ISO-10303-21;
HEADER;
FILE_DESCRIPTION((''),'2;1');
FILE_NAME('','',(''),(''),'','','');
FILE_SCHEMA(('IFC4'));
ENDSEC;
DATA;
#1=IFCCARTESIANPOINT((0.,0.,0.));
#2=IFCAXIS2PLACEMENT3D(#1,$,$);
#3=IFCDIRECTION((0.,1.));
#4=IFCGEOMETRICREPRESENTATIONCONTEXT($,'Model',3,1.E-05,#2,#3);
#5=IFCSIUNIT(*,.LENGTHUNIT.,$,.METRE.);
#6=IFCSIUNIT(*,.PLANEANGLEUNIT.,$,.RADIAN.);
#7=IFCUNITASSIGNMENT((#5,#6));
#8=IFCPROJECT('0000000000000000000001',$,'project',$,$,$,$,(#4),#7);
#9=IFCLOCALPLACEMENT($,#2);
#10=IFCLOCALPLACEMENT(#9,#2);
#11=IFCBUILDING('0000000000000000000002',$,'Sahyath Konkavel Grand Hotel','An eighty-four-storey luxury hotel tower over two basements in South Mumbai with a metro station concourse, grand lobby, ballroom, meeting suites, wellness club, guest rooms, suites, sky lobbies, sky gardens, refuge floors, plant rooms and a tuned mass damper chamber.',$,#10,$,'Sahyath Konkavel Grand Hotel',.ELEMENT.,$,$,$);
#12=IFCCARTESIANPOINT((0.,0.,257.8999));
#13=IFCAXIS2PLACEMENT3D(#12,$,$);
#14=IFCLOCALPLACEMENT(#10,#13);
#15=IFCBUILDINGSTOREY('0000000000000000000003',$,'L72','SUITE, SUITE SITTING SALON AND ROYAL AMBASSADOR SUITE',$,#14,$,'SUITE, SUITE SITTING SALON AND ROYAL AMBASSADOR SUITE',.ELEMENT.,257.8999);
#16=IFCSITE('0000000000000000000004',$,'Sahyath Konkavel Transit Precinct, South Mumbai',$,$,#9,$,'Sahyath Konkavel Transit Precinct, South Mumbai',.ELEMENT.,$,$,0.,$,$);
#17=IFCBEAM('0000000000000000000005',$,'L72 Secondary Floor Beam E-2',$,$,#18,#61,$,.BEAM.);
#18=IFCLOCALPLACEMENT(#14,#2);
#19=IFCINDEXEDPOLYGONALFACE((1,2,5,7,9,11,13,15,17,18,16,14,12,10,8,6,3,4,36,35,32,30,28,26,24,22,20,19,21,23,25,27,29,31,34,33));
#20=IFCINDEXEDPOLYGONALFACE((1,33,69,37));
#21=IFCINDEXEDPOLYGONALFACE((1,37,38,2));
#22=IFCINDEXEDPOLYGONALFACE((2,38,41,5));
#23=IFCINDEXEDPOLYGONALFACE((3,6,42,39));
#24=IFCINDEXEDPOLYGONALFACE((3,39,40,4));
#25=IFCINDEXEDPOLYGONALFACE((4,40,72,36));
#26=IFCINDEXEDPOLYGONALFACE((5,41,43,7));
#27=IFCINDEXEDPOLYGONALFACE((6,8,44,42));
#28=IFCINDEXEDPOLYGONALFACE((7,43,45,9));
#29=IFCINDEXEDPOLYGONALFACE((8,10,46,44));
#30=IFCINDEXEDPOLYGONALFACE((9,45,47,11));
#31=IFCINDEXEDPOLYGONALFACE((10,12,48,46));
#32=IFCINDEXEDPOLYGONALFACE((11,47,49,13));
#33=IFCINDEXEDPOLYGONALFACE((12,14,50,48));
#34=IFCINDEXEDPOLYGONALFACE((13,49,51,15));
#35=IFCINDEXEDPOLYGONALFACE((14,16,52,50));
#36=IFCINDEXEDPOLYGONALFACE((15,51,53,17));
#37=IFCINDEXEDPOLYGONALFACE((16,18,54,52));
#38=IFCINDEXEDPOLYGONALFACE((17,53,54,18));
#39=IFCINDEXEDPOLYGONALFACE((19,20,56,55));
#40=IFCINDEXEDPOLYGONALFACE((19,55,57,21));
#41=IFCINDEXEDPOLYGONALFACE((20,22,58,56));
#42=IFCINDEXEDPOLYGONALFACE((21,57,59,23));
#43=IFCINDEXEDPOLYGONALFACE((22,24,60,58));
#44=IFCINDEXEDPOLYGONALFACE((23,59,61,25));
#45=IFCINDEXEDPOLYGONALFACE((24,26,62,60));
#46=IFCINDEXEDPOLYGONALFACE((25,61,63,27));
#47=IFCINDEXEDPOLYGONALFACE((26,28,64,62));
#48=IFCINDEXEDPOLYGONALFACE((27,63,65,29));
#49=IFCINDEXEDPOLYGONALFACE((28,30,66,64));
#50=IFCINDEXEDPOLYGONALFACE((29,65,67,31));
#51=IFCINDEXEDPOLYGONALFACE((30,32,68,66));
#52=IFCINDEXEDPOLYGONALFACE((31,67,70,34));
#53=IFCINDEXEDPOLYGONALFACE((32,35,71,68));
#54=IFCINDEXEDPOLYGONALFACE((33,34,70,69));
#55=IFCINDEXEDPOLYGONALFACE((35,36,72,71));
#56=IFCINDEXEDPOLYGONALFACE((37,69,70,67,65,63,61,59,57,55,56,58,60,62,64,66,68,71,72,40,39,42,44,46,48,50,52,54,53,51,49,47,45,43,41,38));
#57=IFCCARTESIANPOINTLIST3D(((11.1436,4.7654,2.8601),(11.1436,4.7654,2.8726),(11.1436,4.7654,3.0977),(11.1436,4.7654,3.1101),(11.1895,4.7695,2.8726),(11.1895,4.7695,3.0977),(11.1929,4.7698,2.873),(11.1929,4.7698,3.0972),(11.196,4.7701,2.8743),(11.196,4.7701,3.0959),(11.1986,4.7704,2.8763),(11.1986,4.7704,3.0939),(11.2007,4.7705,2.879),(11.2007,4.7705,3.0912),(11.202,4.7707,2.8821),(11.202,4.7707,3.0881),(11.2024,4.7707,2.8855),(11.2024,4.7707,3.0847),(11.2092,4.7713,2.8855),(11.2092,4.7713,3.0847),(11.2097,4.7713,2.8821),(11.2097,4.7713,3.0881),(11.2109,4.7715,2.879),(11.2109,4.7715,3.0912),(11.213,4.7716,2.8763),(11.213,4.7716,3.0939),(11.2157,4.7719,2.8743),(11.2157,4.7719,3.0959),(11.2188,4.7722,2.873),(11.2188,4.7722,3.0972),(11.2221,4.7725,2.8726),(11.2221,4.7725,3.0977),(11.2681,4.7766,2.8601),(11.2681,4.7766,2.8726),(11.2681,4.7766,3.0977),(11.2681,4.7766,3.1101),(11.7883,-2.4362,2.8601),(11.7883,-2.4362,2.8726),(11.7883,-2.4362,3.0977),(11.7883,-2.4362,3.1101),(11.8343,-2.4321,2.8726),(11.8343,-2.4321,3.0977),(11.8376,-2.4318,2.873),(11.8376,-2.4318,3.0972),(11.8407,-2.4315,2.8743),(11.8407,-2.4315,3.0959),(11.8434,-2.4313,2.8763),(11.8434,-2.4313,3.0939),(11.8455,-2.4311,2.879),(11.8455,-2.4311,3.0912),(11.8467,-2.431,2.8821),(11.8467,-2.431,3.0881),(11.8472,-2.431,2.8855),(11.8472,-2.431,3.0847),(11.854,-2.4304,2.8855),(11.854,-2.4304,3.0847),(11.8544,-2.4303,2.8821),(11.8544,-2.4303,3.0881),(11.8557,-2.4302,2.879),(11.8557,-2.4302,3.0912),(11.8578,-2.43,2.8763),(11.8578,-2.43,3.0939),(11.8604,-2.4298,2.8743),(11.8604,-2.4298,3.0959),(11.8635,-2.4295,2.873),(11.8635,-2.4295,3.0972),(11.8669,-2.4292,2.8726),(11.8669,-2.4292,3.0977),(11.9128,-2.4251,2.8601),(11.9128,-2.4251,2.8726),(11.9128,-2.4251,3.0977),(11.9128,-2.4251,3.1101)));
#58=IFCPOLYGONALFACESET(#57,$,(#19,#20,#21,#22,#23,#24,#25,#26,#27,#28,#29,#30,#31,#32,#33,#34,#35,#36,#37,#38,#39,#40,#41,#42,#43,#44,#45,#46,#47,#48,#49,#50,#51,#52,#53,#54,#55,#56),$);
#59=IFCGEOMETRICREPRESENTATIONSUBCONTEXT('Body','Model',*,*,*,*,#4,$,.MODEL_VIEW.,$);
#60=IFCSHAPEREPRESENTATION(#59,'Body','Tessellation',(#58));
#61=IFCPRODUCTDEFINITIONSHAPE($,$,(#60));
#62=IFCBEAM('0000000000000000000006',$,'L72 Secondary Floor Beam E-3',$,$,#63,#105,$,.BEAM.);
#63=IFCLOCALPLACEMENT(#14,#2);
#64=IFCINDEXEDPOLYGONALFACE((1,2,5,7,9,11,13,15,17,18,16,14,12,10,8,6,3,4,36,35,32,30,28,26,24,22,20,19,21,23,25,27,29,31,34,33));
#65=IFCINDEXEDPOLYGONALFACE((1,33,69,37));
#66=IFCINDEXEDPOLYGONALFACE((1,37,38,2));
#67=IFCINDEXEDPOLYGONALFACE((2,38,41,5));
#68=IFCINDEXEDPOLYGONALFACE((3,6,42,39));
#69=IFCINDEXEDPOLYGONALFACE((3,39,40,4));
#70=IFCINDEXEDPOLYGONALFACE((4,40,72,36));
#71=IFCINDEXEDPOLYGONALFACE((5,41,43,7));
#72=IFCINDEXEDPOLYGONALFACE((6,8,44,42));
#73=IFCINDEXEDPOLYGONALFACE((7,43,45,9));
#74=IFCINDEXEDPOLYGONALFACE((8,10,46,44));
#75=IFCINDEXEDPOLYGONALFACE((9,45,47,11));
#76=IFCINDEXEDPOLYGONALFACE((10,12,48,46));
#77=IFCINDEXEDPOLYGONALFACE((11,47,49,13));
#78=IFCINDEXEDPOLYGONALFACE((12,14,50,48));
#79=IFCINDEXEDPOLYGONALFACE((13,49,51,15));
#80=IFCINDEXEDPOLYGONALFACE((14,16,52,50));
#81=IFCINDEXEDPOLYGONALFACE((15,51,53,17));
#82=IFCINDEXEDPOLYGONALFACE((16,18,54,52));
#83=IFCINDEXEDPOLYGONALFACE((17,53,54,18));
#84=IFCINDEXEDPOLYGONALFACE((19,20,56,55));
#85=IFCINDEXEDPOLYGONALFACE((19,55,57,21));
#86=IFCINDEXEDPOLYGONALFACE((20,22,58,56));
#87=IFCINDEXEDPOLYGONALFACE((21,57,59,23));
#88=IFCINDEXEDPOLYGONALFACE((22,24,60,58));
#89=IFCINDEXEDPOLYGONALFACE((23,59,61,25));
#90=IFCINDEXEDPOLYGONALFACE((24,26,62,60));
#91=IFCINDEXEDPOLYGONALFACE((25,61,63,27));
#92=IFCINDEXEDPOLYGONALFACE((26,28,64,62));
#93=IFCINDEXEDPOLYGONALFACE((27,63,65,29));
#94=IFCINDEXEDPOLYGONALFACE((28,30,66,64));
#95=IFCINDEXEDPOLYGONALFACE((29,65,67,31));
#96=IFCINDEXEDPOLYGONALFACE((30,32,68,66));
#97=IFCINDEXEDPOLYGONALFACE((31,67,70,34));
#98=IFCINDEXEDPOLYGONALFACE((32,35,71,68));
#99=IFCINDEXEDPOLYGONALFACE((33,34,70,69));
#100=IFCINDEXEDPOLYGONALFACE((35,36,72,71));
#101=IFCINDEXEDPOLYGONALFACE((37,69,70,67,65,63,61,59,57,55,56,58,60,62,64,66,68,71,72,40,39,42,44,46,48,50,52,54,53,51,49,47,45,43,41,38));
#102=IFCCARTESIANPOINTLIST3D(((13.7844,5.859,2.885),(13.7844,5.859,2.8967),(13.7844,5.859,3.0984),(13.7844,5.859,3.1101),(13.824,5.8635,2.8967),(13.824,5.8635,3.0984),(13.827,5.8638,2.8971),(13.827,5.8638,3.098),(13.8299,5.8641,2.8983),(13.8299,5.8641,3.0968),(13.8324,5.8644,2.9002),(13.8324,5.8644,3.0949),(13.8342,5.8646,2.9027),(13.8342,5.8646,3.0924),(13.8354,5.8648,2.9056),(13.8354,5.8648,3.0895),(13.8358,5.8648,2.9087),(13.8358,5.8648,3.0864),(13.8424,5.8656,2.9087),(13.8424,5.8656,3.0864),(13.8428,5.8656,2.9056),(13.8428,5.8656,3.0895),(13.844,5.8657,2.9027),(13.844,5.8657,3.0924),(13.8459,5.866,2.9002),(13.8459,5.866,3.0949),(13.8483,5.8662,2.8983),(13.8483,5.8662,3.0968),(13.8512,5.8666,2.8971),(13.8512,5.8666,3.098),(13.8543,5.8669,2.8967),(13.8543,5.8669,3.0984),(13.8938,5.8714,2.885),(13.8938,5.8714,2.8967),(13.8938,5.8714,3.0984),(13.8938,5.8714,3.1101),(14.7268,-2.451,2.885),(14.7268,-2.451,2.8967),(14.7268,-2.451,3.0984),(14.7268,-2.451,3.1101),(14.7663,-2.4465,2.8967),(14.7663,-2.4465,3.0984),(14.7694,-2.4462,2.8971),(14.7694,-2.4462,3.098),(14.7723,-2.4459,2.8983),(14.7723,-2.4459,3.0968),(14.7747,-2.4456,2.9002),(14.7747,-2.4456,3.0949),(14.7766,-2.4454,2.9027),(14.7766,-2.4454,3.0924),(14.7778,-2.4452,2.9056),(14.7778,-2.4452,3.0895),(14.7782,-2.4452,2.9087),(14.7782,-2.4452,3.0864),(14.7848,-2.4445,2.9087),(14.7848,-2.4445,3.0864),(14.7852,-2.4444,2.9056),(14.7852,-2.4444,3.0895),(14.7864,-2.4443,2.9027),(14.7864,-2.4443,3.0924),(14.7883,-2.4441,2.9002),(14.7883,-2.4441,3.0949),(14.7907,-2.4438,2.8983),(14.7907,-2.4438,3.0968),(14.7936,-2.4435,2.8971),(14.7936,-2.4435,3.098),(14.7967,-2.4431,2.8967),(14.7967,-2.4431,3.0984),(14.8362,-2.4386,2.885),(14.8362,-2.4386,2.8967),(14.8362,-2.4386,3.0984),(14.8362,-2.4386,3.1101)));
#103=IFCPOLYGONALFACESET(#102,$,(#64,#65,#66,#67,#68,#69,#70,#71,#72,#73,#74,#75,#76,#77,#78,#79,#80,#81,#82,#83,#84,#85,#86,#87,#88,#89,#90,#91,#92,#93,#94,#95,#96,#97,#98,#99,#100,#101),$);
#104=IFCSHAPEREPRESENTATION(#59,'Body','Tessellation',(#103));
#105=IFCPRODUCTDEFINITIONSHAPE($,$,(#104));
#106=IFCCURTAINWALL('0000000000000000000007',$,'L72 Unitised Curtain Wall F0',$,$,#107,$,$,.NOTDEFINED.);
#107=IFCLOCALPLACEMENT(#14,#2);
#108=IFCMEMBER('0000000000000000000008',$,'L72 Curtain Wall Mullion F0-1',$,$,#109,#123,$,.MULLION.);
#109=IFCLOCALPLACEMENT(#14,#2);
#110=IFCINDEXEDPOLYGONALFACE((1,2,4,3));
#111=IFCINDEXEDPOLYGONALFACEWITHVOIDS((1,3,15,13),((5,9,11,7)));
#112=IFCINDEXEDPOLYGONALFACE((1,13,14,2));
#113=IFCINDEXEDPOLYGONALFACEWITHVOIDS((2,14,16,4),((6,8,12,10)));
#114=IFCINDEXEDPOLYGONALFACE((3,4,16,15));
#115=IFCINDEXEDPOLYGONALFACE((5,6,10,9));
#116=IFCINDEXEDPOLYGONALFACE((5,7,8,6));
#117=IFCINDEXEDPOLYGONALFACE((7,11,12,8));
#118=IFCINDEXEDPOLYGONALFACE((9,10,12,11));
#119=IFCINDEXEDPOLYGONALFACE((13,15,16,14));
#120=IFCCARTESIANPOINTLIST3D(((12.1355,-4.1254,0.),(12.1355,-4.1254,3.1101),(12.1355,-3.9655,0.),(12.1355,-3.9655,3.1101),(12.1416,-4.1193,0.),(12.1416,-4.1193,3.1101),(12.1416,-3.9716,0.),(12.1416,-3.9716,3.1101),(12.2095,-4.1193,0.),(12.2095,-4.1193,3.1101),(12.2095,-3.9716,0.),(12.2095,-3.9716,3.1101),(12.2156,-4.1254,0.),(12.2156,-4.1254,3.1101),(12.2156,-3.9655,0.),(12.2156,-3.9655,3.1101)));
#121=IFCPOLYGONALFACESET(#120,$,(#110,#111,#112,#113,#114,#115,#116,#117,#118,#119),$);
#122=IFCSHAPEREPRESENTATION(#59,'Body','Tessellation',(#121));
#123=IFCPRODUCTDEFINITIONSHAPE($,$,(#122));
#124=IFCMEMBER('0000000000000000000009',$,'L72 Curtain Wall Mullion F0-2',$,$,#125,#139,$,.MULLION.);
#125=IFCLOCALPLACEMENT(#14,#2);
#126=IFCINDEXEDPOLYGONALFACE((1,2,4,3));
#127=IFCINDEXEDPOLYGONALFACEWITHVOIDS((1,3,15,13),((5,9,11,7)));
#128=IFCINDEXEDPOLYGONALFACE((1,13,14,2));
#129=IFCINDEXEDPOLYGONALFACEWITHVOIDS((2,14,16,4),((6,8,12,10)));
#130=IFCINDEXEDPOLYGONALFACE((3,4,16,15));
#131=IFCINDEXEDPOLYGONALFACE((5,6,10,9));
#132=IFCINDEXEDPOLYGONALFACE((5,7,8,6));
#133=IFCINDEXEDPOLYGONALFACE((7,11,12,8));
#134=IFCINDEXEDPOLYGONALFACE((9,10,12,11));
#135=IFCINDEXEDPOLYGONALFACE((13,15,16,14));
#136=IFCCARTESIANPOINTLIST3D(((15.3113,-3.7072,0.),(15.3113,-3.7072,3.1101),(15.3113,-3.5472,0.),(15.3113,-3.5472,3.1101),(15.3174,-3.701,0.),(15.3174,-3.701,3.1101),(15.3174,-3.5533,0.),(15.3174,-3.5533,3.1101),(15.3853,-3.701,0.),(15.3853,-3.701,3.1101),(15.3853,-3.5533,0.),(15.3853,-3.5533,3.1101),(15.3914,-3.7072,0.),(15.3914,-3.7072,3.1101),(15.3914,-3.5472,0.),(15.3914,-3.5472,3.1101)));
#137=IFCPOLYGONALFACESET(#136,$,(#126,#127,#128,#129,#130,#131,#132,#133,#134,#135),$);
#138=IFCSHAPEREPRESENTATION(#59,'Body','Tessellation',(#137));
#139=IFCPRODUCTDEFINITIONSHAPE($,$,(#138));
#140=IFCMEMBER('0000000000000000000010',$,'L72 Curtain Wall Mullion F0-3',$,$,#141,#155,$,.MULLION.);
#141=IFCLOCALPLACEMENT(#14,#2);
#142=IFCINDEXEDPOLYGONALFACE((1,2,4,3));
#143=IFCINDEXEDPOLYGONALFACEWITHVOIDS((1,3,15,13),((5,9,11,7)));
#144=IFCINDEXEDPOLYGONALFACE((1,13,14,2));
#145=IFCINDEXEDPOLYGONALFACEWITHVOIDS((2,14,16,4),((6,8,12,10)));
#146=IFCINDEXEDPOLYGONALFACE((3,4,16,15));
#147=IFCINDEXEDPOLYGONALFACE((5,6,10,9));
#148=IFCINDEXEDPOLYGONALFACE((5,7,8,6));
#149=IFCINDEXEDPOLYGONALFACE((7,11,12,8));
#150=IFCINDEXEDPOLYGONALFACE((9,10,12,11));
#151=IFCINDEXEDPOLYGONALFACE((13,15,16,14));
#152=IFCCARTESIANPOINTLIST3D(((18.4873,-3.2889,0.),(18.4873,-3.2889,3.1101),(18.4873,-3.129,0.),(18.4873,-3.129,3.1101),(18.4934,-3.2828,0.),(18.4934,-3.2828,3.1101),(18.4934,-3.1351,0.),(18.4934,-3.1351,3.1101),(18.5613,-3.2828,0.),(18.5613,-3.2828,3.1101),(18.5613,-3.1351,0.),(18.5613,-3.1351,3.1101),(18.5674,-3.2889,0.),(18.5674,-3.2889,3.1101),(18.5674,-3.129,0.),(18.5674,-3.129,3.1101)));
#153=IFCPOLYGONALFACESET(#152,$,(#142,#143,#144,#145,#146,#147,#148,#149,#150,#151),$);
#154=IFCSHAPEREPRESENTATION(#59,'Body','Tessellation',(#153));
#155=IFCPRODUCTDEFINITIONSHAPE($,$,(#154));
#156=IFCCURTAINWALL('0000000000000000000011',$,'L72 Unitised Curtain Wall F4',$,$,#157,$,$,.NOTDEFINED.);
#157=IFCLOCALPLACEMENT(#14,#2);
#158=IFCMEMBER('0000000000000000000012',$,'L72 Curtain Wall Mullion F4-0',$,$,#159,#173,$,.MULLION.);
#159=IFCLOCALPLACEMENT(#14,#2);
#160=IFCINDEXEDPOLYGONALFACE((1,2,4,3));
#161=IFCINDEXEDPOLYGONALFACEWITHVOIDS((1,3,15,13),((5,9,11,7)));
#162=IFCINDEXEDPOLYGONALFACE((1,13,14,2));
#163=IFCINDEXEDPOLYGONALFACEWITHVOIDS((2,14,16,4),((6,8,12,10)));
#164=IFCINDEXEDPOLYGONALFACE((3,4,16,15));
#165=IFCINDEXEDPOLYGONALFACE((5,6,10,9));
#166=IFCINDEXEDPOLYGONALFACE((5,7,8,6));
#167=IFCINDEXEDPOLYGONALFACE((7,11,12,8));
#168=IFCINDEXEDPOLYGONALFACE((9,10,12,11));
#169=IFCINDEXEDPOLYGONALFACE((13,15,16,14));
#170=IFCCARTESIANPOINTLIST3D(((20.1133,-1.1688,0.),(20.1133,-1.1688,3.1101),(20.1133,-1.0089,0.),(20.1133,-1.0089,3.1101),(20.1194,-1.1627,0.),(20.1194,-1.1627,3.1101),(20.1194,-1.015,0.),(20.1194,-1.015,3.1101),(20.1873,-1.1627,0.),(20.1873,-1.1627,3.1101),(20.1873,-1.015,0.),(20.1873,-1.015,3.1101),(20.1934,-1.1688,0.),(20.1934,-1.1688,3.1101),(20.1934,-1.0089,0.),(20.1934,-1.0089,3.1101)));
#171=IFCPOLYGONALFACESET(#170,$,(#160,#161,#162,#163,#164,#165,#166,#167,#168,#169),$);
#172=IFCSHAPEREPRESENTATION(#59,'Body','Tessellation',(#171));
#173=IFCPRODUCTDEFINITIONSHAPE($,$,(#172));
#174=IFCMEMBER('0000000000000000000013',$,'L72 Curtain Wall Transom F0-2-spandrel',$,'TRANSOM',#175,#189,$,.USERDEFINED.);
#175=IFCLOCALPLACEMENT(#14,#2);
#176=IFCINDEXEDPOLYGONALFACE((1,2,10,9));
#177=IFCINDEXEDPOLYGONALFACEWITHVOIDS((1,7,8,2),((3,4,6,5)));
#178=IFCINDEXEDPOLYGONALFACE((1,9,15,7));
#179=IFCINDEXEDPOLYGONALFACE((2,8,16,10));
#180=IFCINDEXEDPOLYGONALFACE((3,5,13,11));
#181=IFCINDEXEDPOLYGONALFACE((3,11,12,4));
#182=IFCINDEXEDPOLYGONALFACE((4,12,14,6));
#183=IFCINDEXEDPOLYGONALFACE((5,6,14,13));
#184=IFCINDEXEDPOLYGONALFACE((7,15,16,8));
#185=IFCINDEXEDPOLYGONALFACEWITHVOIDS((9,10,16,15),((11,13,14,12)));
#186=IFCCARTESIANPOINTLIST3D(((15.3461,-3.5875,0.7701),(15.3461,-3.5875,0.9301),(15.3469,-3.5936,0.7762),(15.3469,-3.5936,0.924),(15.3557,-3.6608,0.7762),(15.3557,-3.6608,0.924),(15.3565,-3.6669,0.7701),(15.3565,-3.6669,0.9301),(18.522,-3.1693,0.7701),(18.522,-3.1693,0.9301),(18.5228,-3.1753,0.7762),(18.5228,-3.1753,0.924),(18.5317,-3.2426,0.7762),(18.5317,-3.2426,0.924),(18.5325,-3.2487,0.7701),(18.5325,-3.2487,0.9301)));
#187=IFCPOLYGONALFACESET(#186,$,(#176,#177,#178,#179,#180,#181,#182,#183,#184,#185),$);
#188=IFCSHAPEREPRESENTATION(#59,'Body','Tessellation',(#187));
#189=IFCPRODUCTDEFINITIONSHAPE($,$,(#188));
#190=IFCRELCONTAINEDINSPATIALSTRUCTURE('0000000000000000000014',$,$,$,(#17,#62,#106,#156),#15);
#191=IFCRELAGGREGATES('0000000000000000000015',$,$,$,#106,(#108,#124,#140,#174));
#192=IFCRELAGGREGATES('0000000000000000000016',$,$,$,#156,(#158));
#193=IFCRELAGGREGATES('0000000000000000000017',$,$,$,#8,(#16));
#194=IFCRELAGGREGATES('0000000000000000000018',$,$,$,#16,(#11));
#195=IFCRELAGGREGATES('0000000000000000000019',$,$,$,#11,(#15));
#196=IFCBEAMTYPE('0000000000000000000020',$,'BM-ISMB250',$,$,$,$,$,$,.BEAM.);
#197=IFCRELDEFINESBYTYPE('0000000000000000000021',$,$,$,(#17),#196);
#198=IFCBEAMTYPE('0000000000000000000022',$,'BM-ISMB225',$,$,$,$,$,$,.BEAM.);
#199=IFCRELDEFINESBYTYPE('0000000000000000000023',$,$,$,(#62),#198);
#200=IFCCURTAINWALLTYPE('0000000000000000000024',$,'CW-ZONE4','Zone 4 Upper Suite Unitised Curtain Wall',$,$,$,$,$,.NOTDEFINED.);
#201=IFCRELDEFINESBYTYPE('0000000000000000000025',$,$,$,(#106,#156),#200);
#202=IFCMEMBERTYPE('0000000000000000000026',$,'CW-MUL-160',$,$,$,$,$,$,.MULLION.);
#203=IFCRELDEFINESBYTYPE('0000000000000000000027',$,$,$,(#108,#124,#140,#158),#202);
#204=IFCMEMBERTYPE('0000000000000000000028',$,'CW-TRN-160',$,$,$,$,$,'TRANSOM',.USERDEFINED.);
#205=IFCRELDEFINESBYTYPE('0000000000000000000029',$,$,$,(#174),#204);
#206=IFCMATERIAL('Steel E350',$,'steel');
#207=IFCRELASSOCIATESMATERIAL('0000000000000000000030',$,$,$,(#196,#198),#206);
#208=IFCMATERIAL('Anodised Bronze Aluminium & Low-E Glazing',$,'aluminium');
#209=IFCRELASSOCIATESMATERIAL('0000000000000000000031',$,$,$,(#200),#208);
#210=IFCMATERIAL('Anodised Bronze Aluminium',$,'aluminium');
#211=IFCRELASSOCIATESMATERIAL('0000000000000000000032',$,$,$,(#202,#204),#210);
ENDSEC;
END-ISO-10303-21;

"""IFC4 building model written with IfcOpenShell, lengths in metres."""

from ifc_helpers import new_model, si_unit, direction, frame, origin, origin_2d, place, context, subcontext, project, spatial, hollow_rectangle, i_section, extrude, source, transform, mapped, material, material_profile, profile_set, type_object, element, aggregate, save


model = new_model("IFC4")

# Units and contexts
model_context = context("Model", 3, precision=1e-05, world=origin(), true_north=direction((0.0, 1.0)))
body_context = subcontext(model_context, "Body", "Model", "MODEL_VIEW")
ifc_project = project(units=[si_unit("LENGTHUNIT", "METRE"), si_unit("PLANEANGLEUNIT", "RADIAN")], contexts=[model_context])

# Site, building, storey
site_placement = place(None, origin())
site = spatial("IfcSite", under=ifc_project, at=site_placement, Name="Sahyath Konkavel Transit Precinct, South Mumbai", LongName="Sahyath Konkavel Transit Precinct, South Mumbai", CompositionType="ELEMENT", RefElevation=0.0)
building_placement = place(site_placement, origin())
building = spatial("IfcBuilding", under=site, at=building_placement, Name="Sahyath Konkavel Grand Hotel", Description="An eighty-four-storey luxury hotel tower over two basements in South Mumbai with a metro station concourse, grand lobby, ballroom, meeting suites, wellness club, guest rooms, suites, sky lobbies, sky gardens, refuge floors, plant rooms and a tuned mass damper chamber.", LongName="Sahyath Konkavel Grand Hotel", CompositionType="ELEMENT")
storey_placement = place(building_placement, frame((0.0, 0.0, 257.8999)))
storey = spatial("IfcBuildingStorey", under=building, at=storey_placement, Name="L72", Description="SUITE, SUITE SITTING SALON AND ROYAL AMBASSADOR SUITE", LongName="SUITE, SUITE SITTING SALON AND ROYAL AMBASSADOR SUITE", CompositionType="ELEMENT", Elevation=257.8999)

# Beams
ifc_material_1 = material(Name="Steel E350", Category="steel")
ifc_material_profile_1 = material_profile(ifc_material_1, i_section(OverallWidth=0.125, OverallDepth=0.25, WebThickness=0.0068, FlangeThickness=0.0125, FilletRadius=0.0129, at=origin_2d()), Name="ISMB 250")
ifc_profile_set_1 = profile_set([ifc_material_profile_1], Name="Steel E350")
beam_type_1 = type_object("IfcBeamType", Name="BM-ISMB250", PredefinedType="BEAM", material=ifc_profile_set_1)
shared_shape_1 = source(origin(), body_context, "Body", "SweptSolid", [
    extrude(i_section(OverallWidth=0.125, OverallDepth=0.25, WebThickness=0.0068, FlangeThickness=0.0125, FilletRadius=0.0129, at=origin_2d()), origin(), (0.0, 0.0, 1.0), 7.2305),
])
beam_1_placement = place(storey_placement, frame((11.8506, -2.4307, 2.9851), z_axis=(-0.089175, 0.996016, 0.0), x_axis=(-0.996016, -0.089175, 0.0)))
element("IfcBeam", 1, at=beam_1_placement, inside=storey, type_object=beam_type_1, Name="L72 Secondary Floor Beam E-2", PredefinedType="BEAM", context=body_context, shape_type="MappedRepresentation", body=[
    mapped(shared_shape_1, transform((0.0, 0.0, 0.0), scale=1.0)),
])
ifc_material_profile_2 = material_profile(ifc_material_1, i_section(OverallWidth=0.1101, OverallDepth=0.2251, WebThickness=0.0066, FlangeThickness=0.0117, FilletRadius=0.012, at=origin_2d()), Name="ISMB 225")
ifc_profile_set_2 = profile_set([ifc_material_profile_2], Name="Steel E350")
beam_type_2 = type_object("IfcBeamType", Name="BM-ISMB225", PredefinedType="BEAM", material=ifc_profile_set_2)
shared_shape_2 = source(origin(), body_context, "Body", "SweptSolid", [
    extrude(i_section(OverallWidth=0.1101, OverallDepth=0.2251, WebThickness=0.0066, FlangeThickness=0.0117, FilletRadius=0.012, at=origin_2d()), origin(), (0.0, 0.0, 1.0), 8.3633),
])
beam_2_placement = place(storey_placement, frame((14.7815, -2.4448, 2.9976), z_axis=(-0.11268, 0.993631, 0.0), x_axis=(-0.993631, -0.11268, 0.0)))
element("IfcBeam", 2, at=beam_2_placement, inside=storey, type_object=beam_type_2, Name="L72 Secondary Floor Beam E-3", PredefinedType="BEAM", context=body_context, shape_type="MappedRepresentation", body=[
    mapped(shared_shape_2, transform((0.0, 0.0, 0.0), scale=1.0)),
])

# Curtain wall, members
ifc_material_2 = material(Name="Anodised Bronze Aluminium & Low-E Glazing", Category="aluminium")
curtain_wall_type = type_object("IfcCurtainWallType", Name="CW-ZONE4", Description="Zone 4 Upper Suite Unitised Curtain Wall", PredefinedType="NOTDEFINED", material=ifc_material_2)
curtain_wall_1_placement = place(storey_placement, origin())
curtain_wall_1 = element("IfcCurtainWall", 3, at=curtain_wall_1_placement, inside=storey, type_object=curtain_wall_type, Name="L72 Unitised Curtain Wall F0", PredefinedType="NOTDEFINED")
ifc_material_3 = material(Name="Anodised Bronze Aluminium", Category="aluminium")
ifc_material_profile_3 = material_profile(ifc_material_3, hollow_rectangle(XDim=0.0801, YDim=0.1599, WallThickness=0.0061, at=origin_2d()), Name="RHS 160x80x6")
ifc_profile_set_3 = profile_set([ifc_material_profile_3], Name="Anodised Bronze Aluminium")
member_type_1 = type_object("IfcMemberType", Name="CW-MUL-160", PredefinedType="MULLION", material=ifc_profile_set_3)
shared_shape_3 = source(origin(), body_context, "Body", "SweptSolid", [
    extrude(hollow_rectangle(XDim=0.0801, YDim=0.1599, WallThickness=0.0061, at=origin_2d()), origin(), (0.0, 0.0, 1.0), 3.1101),
])
member_1_placement = place(storey_placement, frame((12.1755, -4.0454, 0.0), z_axis=(0.0, 0.0, 1.0), x_axis=(1.0, 0.0, 0.0)))
member_1 = element("IfcMember", 4, at=member_1_placement, type_object=member_type_1, Name="L72 Curtain Wall Mullion F0-1", PredefinedType="MULLION", context=body_context, shape_type="MappedRepresentation", body=[
    mapped(shared_shape_3, transform((0.0, 0.0, 0.0), scale=1.0)),
])
member_2_placement = place(storey_placement, frame((15.3513, -3.6272, 0.0), z_axis=(0.0, 0.0, 1.0), x_axis=(1.0, 0.0, 0.0)))
member_2 = element("IfcMember", 5, at=member_2_placement, type_object=member_type_1, Name="L72 Curtain Wall Mullion F0-2", PredefinedType="MULLION", context=body_context, shape_type="MappedRepresentation", body=[
    mapped(shared_shape_3, transform((0.0, 0.0, 0.0), scale=1.0)),
])
member_3_placement = place(storey_placement, frame((18.5273, -3.209, 0.0), z_axis=(0.0, 0.0, 1.0), x_axis=(1.0, 0.0, 0.0)))
member_3 = element("IfcMember", 6, at=member_3_placement, type_object=member_type_1, Name="L72 Curtain Wall Mullion F0-3", PredefinedType="MULLION", context=body_context, shape_type="MappedRepresentation", body=[
    mapped(shared_shape_3, transform((0.0, 0.0, 0.0), scale=1.0)),
])

# Curtain wall, member
curtain_wall_2_placement = place(storey_placement, origin())
curtain_wall_2 = element("IfcCurtainWall", 7, at=curtain_wall_2_placement, inside=storey, type_object=curtain_wall_type, Name="L72 Unitised Curtain Wall F4", PredefinedType="NOTDEFINED")
member_4_placement = place(storey_placement, frame((20.1533, -1.0889, 0.0), z_axis=(0.0, 0.0, 1.0), x_axis=(1.0, 0.0, 0.0)))
member_4 = element("IfcMember", 8, at=member_4_placement, type_object=member_type_1, Name="L72 Curtain Wall Mullion F4-0", PredefinedType="MULLION", context=body_context, shape_type="MappedRepresentation", body=[
    mapped(shared_shape_3, transform((0.0, 0.0, 0.0), scale=1.0)),
])

# Member
ifc_material_profile_4 = material_profile(ifc_material_3, hollow_rectangle(XDim=0.0801, YDim=0.1599, WallThickness=0.0061, at=origin_2d()), Name="RHS 160x80x6")
ifc_profile_set_4 = profile_set([ifc_material_profile_4], Name="Anodised Bronze Aluminium")
member_type_2 = type_object("IfcMemberType", Name="CW-TRN-160", ElementType="TRANSOM", PredefinedType="USERDEFINED", material=ifc_profile_set_4)
shared_shape_4 = source(origin(), body_context, "Body", "SweptSolid", [
    extrude(hollow_rectangle(XDim=0.0801, YDim=0.1599, WallThickness=0.0061, at=origin_2d()), origin(), (0.0, 0.0, 1.0), 3.2034),
])
member_5_placement = place(storey_placement, frame((15.3513, -3.6272, 0.8501), z_axis=(0.991442, 0.130551, 0.0), x_axis=(-0.130551, 0.991442, 0.0)))
member_5 = element("IfcMember", 9, at=member_5_placement, type_object=member_type_2, Name="L72 Curtain Wall Transom F0-2-spandrel", ObjectType="TRANSOM", PredefinedType="USERDEFINED", context=body_context, shape_type="MappedRepresentation", body=[
    mapped(shared_shape_4, transform((0.0, 0.0, 0.0), scale=1.0)),
])

aggregate(curtain_wall_1, [member_1, member_2, member_3, member_5])
aggregate(curtain_wall_2, [member_4])

save(model, "model.ifc")
